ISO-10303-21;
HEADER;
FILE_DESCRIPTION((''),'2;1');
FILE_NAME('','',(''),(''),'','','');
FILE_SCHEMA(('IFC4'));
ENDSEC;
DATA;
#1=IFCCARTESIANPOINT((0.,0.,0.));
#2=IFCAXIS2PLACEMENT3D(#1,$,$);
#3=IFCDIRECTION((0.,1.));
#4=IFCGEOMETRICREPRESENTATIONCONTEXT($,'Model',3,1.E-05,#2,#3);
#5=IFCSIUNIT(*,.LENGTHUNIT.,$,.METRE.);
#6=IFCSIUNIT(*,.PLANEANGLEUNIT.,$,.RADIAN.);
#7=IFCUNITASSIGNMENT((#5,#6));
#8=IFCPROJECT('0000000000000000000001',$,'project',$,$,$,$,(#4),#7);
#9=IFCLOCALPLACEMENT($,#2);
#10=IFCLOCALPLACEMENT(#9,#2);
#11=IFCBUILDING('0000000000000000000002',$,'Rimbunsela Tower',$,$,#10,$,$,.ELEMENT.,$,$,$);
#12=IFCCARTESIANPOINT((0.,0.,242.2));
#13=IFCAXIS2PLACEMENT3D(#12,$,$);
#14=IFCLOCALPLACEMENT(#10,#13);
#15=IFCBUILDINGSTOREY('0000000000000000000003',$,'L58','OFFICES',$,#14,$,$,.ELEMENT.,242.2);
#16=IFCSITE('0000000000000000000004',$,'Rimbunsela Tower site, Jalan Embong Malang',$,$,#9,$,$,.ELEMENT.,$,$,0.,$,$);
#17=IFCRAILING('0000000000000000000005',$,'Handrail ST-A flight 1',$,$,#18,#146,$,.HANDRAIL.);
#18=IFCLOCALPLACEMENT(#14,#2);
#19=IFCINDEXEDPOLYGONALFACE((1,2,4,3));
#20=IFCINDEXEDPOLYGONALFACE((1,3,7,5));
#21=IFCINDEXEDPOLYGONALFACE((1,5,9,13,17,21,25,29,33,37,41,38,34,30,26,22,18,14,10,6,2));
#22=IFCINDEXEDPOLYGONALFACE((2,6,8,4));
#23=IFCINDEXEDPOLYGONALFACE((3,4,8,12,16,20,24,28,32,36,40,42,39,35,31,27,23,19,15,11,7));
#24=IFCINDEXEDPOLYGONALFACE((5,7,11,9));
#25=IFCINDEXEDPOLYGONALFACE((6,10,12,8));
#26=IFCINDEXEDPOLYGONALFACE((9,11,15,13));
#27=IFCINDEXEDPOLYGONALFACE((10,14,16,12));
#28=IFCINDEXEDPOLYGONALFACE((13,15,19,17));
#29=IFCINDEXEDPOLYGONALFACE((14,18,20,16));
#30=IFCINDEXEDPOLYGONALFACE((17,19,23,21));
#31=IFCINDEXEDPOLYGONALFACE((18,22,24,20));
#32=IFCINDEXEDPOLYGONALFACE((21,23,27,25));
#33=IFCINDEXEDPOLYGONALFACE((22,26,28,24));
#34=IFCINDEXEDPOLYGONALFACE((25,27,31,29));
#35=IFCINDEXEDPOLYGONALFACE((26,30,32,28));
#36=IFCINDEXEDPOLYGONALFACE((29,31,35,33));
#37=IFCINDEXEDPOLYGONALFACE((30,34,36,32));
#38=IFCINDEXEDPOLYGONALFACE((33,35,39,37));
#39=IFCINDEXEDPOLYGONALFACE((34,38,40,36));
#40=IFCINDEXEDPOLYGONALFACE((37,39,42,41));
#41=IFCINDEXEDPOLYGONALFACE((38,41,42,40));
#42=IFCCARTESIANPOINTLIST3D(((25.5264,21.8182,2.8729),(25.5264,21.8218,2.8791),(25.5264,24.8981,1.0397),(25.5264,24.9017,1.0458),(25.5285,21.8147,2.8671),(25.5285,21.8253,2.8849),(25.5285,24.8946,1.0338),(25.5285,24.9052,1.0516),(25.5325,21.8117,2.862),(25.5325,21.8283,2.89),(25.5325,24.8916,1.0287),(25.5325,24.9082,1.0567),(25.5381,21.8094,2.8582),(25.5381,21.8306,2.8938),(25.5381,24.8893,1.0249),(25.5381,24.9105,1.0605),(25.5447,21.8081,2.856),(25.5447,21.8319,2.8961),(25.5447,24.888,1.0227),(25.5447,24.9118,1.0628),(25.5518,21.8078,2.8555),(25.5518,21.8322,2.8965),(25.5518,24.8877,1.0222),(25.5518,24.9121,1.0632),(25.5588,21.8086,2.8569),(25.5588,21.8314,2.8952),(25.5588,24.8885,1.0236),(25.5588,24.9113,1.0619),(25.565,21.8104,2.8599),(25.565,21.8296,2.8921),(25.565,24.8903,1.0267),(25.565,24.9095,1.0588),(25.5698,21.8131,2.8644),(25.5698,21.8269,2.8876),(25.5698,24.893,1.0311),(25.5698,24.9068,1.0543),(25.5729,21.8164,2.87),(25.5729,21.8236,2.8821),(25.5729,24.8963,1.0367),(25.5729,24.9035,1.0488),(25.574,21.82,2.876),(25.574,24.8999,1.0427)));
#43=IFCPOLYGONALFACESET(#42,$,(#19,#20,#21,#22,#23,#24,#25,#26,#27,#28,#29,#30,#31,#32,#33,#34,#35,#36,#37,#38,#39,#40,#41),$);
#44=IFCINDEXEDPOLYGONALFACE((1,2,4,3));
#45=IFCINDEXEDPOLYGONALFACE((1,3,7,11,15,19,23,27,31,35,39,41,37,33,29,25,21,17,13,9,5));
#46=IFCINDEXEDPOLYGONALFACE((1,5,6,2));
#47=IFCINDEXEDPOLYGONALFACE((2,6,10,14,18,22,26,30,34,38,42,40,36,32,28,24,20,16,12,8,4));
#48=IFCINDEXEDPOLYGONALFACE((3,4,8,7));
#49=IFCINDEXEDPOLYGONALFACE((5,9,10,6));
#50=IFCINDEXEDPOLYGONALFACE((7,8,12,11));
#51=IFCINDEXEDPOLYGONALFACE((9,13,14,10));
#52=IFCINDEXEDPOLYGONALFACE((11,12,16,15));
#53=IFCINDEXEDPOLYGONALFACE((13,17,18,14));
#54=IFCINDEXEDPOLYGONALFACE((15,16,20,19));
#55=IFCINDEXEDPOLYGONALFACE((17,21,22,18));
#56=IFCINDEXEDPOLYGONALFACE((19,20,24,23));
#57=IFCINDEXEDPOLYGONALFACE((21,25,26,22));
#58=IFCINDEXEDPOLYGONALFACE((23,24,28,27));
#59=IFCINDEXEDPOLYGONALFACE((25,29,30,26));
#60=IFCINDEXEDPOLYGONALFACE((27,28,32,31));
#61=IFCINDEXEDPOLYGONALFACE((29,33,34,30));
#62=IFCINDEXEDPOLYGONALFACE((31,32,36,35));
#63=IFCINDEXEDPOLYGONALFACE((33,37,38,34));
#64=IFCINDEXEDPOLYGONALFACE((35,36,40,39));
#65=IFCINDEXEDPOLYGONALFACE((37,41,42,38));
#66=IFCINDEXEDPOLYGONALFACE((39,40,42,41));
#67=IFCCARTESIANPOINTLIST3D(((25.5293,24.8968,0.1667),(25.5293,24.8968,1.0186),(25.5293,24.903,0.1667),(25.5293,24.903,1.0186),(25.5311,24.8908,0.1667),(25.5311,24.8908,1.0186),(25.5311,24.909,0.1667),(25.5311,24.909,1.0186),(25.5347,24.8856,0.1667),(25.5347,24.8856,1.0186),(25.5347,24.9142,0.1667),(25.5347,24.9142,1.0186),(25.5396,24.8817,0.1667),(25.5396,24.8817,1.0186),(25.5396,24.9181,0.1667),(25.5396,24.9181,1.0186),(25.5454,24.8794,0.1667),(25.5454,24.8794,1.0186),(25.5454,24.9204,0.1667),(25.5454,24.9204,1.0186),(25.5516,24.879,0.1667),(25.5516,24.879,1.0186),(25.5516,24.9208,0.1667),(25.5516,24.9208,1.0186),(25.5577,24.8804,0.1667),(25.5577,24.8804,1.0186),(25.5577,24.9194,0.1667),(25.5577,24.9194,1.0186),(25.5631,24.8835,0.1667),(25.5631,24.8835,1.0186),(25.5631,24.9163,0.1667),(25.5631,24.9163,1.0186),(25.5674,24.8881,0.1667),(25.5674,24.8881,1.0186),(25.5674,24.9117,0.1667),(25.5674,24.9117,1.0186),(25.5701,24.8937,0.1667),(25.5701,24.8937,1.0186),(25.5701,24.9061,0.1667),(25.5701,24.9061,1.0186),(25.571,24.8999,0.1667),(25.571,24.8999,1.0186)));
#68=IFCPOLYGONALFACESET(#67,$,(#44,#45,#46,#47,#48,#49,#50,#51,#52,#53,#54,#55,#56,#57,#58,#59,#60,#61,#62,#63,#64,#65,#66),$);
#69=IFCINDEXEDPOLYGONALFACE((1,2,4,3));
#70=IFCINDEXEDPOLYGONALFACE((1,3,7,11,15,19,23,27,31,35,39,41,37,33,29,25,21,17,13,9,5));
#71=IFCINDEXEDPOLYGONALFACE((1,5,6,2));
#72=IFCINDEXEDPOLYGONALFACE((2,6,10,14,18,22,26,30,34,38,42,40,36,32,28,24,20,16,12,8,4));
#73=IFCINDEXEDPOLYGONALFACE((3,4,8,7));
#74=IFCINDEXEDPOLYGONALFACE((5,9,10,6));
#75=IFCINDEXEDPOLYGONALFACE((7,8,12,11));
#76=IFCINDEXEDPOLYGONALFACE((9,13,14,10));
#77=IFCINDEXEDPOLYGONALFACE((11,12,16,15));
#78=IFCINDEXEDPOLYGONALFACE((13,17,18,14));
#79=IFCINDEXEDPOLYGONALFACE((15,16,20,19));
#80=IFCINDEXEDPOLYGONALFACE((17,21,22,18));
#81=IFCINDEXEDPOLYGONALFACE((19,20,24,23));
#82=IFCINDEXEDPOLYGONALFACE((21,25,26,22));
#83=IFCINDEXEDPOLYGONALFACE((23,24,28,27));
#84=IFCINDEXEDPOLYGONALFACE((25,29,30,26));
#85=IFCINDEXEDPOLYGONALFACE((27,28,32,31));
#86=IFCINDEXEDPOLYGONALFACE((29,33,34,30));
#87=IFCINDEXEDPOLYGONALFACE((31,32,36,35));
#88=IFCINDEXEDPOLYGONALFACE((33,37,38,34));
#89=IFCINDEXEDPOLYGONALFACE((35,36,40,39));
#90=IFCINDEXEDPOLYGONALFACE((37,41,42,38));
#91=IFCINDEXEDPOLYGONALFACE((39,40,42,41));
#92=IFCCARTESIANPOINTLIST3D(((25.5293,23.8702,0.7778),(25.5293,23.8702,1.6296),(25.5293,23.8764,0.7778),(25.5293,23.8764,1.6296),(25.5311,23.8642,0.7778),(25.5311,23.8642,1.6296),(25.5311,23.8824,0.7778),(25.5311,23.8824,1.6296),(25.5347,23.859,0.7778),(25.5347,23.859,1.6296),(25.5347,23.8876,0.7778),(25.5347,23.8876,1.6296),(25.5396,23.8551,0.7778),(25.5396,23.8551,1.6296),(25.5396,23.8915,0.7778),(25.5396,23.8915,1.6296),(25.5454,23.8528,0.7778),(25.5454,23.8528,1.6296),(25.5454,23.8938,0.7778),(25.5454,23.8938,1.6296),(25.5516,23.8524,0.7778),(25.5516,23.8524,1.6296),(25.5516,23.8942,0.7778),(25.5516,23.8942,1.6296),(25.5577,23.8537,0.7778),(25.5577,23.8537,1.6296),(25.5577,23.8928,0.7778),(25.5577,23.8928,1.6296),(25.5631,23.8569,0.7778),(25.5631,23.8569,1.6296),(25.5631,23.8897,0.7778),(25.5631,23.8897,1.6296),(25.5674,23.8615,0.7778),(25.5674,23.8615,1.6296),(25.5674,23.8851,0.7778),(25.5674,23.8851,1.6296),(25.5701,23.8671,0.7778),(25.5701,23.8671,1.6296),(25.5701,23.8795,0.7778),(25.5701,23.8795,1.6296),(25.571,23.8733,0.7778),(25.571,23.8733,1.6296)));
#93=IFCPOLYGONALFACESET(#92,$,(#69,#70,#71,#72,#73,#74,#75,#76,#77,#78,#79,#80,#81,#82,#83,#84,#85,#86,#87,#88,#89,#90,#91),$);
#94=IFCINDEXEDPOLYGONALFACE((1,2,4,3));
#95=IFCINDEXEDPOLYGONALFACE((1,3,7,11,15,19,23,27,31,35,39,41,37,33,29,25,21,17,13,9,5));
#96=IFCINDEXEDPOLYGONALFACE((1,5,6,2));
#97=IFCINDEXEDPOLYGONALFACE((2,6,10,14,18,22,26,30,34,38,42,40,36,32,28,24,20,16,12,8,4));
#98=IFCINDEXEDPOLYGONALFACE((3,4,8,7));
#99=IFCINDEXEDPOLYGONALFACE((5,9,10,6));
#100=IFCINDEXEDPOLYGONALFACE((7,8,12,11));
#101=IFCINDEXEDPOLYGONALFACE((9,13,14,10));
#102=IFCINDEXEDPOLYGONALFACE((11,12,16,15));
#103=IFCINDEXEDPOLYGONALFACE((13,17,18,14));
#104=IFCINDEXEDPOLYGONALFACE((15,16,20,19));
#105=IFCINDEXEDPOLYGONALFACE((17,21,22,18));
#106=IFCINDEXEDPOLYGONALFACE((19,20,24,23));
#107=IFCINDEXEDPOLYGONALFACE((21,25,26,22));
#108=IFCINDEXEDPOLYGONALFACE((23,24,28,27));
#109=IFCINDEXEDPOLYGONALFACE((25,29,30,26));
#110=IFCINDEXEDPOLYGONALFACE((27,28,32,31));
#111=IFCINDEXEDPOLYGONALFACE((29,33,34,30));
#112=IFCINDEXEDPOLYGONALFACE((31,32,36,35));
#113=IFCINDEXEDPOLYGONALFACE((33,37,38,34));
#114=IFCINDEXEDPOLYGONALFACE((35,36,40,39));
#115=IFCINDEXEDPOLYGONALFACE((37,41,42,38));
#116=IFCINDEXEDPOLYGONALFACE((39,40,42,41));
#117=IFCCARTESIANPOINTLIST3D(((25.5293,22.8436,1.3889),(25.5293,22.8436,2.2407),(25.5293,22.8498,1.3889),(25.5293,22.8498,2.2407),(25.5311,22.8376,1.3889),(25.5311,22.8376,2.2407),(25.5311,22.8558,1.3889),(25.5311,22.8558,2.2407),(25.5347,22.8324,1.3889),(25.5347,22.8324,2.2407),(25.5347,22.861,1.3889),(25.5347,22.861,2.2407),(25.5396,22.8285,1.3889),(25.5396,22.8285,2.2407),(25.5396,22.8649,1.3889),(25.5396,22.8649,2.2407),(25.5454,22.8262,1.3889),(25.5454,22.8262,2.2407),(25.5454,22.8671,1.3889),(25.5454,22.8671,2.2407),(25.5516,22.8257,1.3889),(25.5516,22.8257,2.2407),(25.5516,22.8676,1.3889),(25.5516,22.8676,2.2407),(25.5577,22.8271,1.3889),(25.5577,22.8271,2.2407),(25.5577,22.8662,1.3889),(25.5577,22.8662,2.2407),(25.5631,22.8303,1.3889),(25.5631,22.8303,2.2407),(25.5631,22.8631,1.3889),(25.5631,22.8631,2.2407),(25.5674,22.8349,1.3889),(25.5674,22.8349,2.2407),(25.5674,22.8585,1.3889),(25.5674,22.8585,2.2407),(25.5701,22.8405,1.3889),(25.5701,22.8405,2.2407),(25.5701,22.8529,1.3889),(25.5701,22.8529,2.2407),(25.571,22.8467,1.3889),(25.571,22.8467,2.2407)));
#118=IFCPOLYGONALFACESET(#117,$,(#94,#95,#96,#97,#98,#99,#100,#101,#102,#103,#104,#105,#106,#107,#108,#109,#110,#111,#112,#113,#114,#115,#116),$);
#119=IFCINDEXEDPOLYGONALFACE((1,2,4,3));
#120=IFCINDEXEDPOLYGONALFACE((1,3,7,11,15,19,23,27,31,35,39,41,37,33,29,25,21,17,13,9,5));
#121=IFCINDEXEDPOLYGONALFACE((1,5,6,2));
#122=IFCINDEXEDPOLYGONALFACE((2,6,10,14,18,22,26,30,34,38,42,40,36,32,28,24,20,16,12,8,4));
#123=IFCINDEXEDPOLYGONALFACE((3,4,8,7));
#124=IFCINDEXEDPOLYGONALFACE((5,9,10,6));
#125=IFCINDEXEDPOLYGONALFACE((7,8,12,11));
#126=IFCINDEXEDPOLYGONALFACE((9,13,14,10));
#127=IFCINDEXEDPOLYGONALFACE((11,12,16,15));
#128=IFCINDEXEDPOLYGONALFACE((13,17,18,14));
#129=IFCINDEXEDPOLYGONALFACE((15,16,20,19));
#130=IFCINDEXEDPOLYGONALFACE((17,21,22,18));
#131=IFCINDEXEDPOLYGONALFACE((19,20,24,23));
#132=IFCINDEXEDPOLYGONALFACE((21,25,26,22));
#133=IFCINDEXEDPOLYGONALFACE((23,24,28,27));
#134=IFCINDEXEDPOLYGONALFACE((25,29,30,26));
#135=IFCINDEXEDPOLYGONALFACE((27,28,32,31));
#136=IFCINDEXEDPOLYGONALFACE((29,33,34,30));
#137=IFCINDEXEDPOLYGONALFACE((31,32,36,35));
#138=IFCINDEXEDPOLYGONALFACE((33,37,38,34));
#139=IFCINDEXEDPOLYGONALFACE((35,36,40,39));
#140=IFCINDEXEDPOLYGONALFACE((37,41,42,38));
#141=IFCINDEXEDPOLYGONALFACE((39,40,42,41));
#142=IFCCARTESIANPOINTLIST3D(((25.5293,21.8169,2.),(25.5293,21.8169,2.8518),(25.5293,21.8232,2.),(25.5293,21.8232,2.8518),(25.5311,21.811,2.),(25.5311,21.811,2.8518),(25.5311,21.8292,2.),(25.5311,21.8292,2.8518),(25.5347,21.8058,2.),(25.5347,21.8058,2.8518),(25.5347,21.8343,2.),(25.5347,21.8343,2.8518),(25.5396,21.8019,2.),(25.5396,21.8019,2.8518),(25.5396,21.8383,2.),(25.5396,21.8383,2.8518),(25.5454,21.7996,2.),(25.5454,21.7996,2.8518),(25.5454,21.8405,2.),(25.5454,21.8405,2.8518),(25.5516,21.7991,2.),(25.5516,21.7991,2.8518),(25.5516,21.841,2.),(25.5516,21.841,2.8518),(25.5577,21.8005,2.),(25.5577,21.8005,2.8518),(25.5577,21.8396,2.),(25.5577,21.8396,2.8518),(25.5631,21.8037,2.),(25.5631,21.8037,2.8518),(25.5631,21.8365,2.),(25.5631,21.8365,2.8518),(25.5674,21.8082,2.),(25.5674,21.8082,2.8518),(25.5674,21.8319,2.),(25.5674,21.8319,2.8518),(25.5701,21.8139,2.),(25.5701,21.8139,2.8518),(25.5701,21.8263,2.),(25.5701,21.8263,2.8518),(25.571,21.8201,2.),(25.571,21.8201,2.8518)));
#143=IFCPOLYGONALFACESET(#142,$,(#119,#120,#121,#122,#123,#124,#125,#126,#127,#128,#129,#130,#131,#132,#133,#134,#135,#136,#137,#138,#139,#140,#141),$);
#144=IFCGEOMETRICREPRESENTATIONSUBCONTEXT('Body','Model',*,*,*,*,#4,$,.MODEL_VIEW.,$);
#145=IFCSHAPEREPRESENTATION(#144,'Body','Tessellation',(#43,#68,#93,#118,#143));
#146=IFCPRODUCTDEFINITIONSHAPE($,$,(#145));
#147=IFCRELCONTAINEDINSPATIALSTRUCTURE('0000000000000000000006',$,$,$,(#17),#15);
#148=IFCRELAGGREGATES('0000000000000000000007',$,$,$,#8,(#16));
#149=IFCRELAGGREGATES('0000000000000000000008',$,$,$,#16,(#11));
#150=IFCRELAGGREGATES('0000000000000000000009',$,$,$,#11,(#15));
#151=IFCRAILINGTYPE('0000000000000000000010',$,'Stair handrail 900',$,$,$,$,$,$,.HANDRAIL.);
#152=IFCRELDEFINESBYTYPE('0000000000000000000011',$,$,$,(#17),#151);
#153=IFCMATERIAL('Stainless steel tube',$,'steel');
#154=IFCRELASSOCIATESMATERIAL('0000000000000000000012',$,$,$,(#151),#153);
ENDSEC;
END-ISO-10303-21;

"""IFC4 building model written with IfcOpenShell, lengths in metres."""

from ifc_helpers import new_model, si_unit, direction, frame, origin, origin_2d, place, context, subcontext, project, spatial, circle, extrude, material, type_object, element, save


model = new_model("IFC4")

# Units and contexts
model_context = context("Model", 3, precision=1e-05, world=origin(), true_north=direction((0.0, 1.0)))
body_context = subcontext(model_context, "Body", "Model", "MODEL_VIEW")
ifc_project = project(units=[si_unit("LENGTHUNIT", "METRE"), si_unit("PLANEANGLEUNIT", "RADIAN")], contexts=[model_context])

# Site, building, storey
site_placement = place(None, origin())
site = spatial("IfcSite", under=ifc_project, at=site_placement, Name="Rimbunsela Tower site, Jalan Embong Malang", CompositionType="ELEMENT", RefElevation=0.0)
building_placement = place(site_placement, origin())
building = spatial("IfcBuilding", under=site, at=building_placement, Name="Rimbunsela Tower", CompositionType="ELEMENT")
storey_placement = place(building_placement, frame((0.0, 0.0, 242.2)))
storey = spatial("IfcBuildingStorey", under=building, at=storey_placement, Name="L58", Description="OFFICES", CompositionType="ELEMENT", Elevation=242.2)

# Railing
ifc_material_1 = material(Name="Stainless steel tube", Category="steel")
railing_type = type_object("IfcRailingType", Name="Stair handrail 900", PredefinedType="HANDRAIL", material=ifc_material_1)
railing_1_placement = place(storey_placement, frame((25.55, 24.8999, 0.1667)))
element("IfcRailing", 1, at=railing_1_placement, inside=storey, type_object=railing_type, Name="Handrail ST-A flight 1", PredefinedType="HANDRAIL", context=body_context, shape_type="SweptSolid", body=[
    extrude(circle(Radius=0.0239, at=origin_2d()), frame((0.0, 0.0, 0.876), z_axis=(0.0, -0.859291, 0.511487), x_axis=(1.0, 0.0, 0.0)), (0.0, 0.0, 1.0), 3.5842),
    extrude(circle(Radius=0.021, at=origin_2d()), origin(), (0.0, 0.0, 1.0), 0.8518),
    extrude(circle(Radius=0.021, at=origin_2d()), frame((0.0, -1.0266, 0.6111)), (0.0, 0.0, 1.0), 0.8518),
    extrude(circle(Radius=0.021, at=origin_2d()), frame((0.0, -2.0532, 1.2222)), (0.0, 0.0, 1.0), 0.8518),
    extrude(circle(Radius=0.021, at=origin_2d()), frame((0.0, -3.0798, 1.8333)), (0.0, 0.0, 1.0), 0.8518),
])

save(model, "model.ifc")
